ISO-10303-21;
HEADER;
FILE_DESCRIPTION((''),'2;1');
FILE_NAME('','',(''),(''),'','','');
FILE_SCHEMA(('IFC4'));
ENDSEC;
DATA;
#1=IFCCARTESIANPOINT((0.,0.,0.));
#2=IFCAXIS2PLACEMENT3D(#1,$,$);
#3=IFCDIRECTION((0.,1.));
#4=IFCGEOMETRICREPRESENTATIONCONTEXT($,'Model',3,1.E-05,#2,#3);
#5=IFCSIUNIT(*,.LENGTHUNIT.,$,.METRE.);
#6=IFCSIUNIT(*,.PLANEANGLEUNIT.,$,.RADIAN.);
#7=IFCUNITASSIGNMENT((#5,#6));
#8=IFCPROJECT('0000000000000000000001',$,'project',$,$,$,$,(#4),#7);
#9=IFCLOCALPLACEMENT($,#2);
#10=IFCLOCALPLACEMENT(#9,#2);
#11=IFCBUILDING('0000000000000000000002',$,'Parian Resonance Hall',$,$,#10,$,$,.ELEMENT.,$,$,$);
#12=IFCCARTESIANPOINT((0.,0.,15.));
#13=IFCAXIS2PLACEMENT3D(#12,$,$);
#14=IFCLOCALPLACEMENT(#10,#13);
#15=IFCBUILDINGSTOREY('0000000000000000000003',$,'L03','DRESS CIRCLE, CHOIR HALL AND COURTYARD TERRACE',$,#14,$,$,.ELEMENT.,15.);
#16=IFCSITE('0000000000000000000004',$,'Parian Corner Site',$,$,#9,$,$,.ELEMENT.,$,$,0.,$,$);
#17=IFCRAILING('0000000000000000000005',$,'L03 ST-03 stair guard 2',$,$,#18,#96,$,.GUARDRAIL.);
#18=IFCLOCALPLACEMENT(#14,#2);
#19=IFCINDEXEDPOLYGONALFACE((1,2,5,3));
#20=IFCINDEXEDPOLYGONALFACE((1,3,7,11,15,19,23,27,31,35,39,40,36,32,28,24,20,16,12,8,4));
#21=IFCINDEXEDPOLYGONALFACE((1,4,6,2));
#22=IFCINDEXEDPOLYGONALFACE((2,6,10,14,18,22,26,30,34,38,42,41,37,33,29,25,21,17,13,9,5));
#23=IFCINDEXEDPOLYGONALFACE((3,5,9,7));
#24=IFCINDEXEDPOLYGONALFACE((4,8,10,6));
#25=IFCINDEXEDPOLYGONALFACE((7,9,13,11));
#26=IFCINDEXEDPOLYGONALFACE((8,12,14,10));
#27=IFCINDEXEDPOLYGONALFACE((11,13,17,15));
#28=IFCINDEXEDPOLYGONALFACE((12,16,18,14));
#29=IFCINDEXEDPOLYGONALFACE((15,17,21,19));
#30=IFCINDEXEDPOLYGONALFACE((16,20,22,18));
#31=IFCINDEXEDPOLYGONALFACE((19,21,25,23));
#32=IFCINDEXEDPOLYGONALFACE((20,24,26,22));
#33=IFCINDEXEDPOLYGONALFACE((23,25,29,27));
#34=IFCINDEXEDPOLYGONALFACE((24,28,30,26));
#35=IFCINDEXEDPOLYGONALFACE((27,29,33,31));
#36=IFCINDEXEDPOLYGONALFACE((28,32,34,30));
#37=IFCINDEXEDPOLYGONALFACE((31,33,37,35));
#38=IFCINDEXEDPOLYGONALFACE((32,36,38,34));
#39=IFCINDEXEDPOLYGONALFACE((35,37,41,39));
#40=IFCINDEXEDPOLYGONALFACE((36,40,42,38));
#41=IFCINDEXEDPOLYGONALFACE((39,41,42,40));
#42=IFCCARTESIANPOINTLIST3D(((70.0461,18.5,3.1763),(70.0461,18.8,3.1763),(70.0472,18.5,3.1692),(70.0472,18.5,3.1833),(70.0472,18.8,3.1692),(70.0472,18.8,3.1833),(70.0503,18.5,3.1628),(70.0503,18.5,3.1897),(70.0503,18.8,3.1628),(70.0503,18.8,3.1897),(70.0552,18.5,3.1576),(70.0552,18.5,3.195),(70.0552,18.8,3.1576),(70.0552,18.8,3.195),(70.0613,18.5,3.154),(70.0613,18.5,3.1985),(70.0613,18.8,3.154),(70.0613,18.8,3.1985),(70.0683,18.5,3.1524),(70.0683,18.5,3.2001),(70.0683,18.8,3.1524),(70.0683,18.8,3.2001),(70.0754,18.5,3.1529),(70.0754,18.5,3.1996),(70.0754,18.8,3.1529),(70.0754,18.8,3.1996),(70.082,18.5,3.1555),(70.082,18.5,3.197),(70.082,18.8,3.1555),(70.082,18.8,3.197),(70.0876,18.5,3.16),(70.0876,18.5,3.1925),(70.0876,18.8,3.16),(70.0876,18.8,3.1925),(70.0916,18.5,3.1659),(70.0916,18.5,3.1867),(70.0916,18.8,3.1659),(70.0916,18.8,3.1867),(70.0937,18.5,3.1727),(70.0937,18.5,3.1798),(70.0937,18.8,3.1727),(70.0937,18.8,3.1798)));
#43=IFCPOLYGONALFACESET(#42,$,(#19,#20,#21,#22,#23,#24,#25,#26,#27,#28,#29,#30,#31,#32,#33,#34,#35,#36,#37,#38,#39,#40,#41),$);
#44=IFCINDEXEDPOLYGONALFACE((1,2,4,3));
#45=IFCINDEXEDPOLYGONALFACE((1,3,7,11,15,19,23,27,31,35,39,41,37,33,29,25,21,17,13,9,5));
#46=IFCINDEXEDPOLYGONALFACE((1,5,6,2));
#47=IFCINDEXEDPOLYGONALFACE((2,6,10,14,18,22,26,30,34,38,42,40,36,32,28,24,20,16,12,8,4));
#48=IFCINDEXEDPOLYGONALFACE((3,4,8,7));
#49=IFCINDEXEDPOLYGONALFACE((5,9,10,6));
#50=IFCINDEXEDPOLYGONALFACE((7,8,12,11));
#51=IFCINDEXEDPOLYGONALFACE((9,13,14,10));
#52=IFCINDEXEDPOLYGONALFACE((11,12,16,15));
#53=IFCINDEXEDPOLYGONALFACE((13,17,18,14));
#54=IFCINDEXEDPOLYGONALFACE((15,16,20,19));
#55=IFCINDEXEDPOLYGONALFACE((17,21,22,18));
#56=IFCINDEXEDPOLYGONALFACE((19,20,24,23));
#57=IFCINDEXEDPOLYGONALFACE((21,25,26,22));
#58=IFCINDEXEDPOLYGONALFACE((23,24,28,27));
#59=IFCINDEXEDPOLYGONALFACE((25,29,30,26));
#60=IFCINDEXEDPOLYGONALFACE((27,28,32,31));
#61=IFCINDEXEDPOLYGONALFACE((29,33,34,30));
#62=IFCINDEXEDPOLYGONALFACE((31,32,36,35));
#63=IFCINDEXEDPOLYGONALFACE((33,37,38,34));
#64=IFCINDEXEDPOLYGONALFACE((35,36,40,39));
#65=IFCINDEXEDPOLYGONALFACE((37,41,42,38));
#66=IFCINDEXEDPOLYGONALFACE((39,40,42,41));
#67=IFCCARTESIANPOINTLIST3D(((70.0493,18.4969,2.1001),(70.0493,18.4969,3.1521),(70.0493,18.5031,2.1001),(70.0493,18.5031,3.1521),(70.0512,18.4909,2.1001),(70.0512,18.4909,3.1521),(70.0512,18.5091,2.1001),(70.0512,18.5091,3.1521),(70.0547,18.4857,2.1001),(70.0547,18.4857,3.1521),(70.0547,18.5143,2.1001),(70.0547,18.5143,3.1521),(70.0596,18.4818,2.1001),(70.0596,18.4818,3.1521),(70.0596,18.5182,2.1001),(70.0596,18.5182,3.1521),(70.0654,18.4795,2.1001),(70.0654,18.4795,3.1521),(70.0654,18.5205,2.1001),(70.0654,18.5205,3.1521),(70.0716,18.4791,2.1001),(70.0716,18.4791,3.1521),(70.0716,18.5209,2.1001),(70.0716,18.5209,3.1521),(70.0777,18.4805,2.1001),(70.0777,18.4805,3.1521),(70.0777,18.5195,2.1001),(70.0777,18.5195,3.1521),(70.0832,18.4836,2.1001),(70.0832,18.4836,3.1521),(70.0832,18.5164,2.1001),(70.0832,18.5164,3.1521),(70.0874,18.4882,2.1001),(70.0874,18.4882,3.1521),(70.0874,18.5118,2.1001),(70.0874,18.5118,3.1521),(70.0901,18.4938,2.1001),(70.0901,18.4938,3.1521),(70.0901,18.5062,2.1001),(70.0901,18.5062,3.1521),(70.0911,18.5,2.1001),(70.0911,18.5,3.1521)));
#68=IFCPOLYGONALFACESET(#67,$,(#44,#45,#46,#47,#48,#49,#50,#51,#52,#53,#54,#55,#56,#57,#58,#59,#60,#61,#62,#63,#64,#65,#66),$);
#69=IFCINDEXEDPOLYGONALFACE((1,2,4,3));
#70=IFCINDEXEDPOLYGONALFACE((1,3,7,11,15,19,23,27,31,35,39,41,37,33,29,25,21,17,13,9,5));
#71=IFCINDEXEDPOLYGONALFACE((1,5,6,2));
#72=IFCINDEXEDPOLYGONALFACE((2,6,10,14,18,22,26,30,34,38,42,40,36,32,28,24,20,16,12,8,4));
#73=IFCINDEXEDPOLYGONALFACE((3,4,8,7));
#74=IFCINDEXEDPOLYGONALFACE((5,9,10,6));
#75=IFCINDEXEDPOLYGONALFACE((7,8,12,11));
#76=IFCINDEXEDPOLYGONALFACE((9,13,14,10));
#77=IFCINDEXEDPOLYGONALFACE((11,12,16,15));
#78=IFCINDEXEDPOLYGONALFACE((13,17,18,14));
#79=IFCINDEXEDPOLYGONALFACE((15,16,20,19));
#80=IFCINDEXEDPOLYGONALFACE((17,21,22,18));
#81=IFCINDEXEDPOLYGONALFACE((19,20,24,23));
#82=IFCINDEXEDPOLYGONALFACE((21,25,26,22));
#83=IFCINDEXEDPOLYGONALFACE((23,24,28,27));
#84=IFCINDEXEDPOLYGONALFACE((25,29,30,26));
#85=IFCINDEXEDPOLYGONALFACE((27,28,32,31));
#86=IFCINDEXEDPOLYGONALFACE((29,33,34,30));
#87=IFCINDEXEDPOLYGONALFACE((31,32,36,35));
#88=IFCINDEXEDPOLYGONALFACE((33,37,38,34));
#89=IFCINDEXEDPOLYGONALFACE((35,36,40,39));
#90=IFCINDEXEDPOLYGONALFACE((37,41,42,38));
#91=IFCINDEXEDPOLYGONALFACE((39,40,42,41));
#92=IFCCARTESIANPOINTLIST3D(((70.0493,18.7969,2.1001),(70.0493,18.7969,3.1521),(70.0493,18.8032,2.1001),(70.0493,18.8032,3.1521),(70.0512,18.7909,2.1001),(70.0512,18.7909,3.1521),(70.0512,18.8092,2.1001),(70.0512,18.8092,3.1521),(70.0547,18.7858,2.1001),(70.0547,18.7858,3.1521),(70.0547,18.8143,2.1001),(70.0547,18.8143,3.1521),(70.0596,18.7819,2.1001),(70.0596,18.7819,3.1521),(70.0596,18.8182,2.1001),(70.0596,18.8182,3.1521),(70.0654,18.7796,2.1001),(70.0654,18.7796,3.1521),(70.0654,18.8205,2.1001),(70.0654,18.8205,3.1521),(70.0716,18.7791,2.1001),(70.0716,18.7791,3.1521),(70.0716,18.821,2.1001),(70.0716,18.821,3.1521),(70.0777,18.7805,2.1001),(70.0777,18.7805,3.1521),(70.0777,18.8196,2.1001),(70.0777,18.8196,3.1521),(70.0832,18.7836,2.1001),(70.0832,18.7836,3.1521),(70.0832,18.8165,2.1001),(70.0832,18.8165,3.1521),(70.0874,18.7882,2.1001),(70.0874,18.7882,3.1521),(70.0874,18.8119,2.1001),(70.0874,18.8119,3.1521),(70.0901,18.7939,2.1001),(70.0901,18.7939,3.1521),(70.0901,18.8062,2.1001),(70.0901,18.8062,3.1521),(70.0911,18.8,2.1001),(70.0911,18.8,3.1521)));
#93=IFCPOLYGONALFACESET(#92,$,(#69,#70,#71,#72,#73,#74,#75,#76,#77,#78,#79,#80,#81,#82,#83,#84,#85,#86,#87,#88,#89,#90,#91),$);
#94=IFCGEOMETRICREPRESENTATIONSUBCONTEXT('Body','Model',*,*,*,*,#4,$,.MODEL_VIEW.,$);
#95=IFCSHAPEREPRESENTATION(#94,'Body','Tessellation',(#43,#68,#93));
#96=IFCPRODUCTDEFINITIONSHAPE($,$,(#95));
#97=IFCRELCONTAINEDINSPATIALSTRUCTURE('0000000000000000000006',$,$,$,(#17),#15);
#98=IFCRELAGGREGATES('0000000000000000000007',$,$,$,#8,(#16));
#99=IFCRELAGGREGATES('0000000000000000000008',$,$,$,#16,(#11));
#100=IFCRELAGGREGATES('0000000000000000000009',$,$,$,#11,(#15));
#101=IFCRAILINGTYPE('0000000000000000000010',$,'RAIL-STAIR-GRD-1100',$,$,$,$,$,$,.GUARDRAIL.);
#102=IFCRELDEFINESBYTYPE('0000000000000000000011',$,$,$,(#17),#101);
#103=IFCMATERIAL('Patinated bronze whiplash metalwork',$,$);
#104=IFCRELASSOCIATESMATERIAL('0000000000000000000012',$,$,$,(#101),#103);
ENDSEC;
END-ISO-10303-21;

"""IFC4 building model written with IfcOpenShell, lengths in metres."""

from ifc_helpers import new_model, si_unit, direction, frame, origin, origin_2d, place, context, subcontext, project, spatial, circle, extrude, material, type_object, element, save


model = new_model("IFC4")

# Units and contexts
model_context = context("Model", 3, precision=1e-05, world=origin(), true_north=direction((0.0, 1.0)))
body_context = subcontext(model_context, "Body", "Model", "MODEL_VIEW")
ifc_project = project(units=[si_unit("LENGTHUNIT", "METRE"), si_unit("PLANEANGLEUNIT", "RADIAN")], contexts=[model_context])

# Site, building, storey
site_placement = place(None, origin())
site = spatial("IfcSite", under=ifc_project, at=site_placement, Name="Parian Corner Site", CompositionType="ELEMENT", RefElevation=0.0)
building_placement = place(site_placement, origin())
building = spatial("IfcBuilding", under=site, at=building_placement, Name="Parian Resonance Hall", CompositionType="ELEMENT")
storey_placement = place(building_placement, frame((0.0, 0.0, 15.0)))
storey = spatial("IfcBuildingStorey", under=building, at=storey_placement, Name="L03", Description="DRESS CIRCLE, CHOIR HALL AND COURTYARD TERRACE", CompositionType="ELEMENT", Elevation=15.0)

# Railing
ifc_material_1 = material(Name="Patinated bronze whiplash metalwork")
railing_type_1 = type_object("IfcRailingType", Name="RAIL-STAIR-GRD-1100", PredefinedType="GUARDRAIL", material=ifc_material_1)
railing_1_placement = place(storey_placement, frame((70.0701, 18.5, 2.1001)))
element("IfcRailing", 1, at=railing_1_placement, inside=storey, type_object=railing_type_1, Name="L03 ST-03 stair guard 2", PredefinedType="GUARDRAIL", context=body_context, shape_type="SweptSolid", body=[
    extrude(circle(Radius=0.0239, at=origin_2d()), frame((0.0, 0.0, 1.0762), z_axis=(0.0, 1.0, 0.0), x_axis=(-1.0, 0.0, 0.0)), (0.0, 0.0, 1.0), 0.3),
    extrude(circle(Radius=0.021, at=origin_2d()), origin(), (0.0, 0.0, 1.0), 1.052),
    extrude(circle(Radius=0.021, at=origin_2d()), frame((0.0, 0.3, 0.0)), (0.0, 0.0, 1.0), 1.052),
])

save(model, "model.ifc")
